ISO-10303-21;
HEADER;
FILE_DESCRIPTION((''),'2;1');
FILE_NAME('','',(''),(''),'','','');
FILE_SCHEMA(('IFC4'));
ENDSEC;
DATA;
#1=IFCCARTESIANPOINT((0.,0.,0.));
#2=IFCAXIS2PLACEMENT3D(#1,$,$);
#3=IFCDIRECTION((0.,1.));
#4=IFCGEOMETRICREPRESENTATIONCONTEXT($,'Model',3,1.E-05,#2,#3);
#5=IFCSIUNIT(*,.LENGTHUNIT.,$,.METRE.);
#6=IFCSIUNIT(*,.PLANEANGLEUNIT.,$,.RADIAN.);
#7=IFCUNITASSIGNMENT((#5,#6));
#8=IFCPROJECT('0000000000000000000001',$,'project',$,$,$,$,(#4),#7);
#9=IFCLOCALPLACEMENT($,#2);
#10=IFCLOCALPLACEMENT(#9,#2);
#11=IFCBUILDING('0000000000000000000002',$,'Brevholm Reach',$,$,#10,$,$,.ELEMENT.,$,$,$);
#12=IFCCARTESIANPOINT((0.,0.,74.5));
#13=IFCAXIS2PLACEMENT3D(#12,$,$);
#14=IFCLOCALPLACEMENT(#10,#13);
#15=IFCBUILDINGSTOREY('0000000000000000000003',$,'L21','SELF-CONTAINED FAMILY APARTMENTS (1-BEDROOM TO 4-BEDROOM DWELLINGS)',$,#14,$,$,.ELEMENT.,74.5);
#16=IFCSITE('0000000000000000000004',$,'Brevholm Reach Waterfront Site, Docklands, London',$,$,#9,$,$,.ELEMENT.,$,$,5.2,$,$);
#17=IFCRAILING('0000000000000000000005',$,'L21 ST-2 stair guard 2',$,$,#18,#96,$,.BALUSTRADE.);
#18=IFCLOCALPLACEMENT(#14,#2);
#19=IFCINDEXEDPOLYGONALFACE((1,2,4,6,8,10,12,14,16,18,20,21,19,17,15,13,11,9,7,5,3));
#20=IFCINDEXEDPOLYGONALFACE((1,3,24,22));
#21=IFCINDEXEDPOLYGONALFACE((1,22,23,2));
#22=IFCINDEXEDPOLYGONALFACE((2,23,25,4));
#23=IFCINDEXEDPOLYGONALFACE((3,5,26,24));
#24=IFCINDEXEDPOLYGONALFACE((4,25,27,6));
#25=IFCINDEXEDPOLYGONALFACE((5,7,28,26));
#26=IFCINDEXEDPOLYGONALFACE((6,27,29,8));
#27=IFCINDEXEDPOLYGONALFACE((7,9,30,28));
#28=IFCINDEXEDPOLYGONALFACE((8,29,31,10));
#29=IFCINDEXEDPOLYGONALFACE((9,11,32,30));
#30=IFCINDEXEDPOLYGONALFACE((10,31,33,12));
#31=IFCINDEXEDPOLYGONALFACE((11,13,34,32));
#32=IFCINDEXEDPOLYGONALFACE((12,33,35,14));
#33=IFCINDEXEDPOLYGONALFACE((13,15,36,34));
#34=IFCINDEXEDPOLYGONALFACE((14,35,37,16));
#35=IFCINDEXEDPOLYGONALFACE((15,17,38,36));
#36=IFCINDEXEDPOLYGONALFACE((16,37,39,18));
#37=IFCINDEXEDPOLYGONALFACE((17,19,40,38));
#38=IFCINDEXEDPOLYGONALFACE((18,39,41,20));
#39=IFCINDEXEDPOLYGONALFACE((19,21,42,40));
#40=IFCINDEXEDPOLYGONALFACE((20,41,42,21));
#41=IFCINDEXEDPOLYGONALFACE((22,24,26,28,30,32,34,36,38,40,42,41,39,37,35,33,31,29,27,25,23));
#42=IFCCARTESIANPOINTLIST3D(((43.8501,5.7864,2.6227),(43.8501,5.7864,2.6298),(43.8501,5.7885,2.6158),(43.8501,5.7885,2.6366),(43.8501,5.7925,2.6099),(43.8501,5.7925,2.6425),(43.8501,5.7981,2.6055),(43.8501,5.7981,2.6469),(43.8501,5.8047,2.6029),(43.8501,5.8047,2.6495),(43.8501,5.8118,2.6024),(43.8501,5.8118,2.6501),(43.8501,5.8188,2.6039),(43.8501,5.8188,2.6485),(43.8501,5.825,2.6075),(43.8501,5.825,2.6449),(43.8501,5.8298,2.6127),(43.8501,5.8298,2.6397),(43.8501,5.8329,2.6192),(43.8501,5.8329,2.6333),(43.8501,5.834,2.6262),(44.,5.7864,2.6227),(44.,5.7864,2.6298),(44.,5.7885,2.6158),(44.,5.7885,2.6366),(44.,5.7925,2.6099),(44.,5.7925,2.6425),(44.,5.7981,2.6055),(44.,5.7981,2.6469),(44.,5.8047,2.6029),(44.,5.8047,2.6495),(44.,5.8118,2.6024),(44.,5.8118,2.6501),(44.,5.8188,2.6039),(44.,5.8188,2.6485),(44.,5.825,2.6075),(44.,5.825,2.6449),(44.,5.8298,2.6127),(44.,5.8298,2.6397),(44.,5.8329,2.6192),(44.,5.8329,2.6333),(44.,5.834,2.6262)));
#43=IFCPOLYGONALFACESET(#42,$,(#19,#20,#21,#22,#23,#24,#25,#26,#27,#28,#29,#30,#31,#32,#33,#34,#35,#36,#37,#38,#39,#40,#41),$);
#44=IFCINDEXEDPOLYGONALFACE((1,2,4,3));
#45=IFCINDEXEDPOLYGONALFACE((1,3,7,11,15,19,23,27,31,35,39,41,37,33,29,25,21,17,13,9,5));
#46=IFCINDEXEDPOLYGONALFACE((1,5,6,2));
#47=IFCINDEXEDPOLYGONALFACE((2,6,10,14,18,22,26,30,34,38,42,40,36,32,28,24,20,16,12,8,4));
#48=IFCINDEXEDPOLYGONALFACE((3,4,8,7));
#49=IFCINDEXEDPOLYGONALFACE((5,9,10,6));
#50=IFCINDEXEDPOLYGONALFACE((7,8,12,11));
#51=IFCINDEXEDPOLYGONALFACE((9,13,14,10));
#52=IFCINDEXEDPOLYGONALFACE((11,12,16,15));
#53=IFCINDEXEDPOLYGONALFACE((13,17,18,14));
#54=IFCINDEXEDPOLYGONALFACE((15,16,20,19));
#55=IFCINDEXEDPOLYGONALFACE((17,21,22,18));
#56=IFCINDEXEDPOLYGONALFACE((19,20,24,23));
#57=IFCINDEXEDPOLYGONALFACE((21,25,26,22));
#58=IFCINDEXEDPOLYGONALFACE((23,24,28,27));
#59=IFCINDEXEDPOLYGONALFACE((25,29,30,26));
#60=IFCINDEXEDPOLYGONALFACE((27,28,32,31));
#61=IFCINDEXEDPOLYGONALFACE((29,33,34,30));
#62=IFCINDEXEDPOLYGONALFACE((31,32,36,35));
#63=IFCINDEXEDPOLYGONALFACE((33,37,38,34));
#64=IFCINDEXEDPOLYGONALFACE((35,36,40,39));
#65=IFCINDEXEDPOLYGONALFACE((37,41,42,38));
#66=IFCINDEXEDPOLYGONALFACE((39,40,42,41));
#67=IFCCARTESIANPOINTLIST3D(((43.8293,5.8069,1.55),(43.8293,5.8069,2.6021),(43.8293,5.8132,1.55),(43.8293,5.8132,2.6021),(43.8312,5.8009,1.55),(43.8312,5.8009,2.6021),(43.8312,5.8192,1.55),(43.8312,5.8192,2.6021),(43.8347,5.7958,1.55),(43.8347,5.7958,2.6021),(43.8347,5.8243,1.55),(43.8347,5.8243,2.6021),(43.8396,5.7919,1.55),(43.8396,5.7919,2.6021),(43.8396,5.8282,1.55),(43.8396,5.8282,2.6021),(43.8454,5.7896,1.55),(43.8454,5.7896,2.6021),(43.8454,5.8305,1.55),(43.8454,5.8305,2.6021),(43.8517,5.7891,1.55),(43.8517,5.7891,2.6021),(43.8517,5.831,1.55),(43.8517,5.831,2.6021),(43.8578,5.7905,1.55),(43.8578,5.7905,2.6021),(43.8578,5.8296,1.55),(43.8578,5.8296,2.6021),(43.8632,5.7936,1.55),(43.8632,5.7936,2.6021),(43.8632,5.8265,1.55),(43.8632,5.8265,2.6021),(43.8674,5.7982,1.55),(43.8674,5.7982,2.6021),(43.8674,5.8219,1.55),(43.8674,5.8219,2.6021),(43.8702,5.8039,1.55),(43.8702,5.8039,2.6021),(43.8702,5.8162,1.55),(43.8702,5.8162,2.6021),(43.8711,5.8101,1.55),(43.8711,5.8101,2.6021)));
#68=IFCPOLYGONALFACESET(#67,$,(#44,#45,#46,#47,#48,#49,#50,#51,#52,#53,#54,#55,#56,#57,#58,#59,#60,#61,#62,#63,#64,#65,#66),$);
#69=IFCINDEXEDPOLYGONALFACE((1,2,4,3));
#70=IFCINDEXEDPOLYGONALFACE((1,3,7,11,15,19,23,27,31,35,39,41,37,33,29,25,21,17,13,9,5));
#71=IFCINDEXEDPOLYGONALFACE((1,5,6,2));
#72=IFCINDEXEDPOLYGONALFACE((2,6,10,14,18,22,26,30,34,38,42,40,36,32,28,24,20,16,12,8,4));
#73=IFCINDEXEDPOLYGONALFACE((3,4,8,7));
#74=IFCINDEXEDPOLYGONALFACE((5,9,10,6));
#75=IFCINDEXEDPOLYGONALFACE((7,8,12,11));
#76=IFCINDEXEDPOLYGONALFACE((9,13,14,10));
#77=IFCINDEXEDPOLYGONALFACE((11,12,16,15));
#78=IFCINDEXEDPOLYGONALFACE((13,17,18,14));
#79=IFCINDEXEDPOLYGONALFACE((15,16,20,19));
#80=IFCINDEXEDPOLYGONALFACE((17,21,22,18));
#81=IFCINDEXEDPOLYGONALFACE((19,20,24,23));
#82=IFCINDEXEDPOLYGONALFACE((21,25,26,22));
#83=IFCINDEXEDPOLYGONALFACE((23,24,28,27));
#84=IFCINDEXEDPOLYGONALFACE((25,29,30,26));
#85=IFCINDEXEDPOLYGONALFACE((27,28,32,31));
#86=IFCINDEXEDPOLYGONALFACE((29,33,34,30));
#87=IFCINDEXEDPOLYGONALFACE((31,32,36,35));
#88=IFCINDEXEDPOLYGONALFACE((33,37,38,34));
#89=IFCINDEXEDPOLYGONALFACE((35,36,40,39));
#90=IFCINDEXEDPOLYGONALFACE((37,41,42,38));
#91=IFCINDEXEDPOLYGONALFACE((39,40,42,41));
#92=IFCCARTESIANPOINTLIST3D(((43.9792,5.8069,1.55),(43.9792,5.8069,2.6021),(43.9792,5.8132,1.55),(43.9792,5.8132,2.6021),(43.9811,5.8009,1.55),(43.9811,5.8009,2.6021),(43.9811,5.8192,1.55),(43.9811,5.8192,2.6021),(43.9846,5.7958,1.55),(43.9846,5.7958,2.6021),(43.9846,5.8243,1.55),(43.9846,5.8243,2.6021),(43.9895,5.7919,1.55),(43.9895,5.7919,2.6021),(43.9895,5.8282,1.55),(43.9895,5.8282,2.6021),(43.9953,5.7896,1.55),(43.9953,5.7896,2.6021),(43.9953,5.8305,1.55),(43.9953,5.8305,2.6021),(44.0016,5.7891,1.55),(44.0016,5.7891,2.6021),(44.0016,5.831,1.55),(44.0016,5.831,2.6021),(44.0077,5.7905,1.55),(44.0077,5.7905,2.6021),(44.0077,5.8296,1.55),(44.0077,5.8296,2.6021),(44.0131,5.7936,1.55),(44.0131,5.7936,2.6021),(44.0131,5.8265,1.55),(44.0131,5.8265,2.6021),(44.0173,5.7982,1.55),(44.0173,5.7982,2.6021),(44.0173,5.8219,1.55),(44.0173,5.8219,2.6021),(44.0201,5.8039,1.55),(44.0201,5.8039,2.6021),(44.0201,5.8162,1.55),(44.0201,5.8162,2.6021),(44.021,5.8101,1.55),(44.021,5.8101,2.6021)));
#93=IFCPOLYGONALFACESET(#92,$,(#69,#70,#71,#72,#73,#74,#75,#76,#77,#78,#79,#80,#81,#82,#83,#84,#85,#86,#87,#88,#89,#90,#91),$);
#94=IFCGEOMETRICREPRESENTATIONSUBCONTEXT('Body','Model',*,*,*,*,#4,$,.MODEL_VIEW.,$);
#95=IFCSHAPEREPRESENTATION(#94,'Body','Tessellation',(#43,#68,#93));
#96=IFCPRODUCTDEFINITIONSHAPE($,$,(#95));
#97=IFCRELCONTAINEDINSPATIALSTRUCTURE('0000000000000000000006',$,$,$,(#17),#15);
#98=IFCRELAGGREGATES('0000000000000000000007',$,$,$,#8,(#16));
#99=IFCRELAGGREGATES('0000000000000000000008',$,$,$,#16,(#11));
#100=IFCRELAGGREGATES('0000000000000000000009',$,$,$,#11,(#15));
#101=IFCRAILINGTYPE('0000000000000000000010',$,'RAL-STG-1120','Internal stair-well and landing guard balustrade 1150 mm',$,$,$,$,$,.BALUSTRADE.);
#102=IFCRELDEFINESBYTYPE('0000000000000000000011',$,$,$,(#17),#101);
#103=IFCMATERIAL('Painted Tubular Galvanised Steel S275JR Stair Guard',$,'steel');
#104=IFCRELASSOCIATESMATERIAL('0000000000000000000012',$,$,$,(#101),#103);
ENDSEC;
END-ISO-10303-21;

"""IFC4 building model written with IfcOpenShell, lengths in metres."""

from ifc_helpers import new_model, si_unit, direction, frame, origin, origin_2d, place, context, subcontext, project, spatial, circle, extrude, material, type_object, element, save


model = new_model("IFC4")

# Units and contexts
model_context = context("Model", 3, precision=1e-05, world=origin(), true_north=direction((0.0, 1.0)))
body_context = subcontext(model_context, "Body", "Model", "MODEL_VIEW")
ifc_project = project(units=[si_unit("LENGTHUNIT", "METRE"), si_unit("PLANEANGLEUNIT", "RADIAN")], contexts=[model_context])

# Site, building, storey
site_placement = place(None, origin())
site = spatial("IfcSite", under=ifc_project, at=site_placement, Name="Brevholm Reach Waterfront Site, Docklands, London", CompositionType="ELEMENT", RefElevation=5.2)
building_placement = place(site_placement, origin())
building = spatial("IfcBuilding", under=site, at=building_placement, Name="Brevholm Reach", CompositionType="ELEMENT")
storey_placement = place(building_placement, frame((0.0, 0.0, 74.5)))
storey = spatial("IfcBuildingStorey", under=building, at=storey_placement, Name="L21", Description="SELF-CONTAINED FAMILY APARTMENTS (1-BEDROOM TO 4-BEDROOM DWELLINGS)", CompositionType="ELEMENT", Elevation=74.5)

# Railing
ifc_material_1 = material(Name="Painted Tubular Galvanised Steel S275JR Stair Guard", Category="steel")
railing_type_1 = type_object("IfcRailingType", Name="RAL-STG-1120", Description="Internal stair-well and landing guard balustrade 1150 mm", PredefinedType="BALUSTRADE", material=ifc_material_1)
railing_1_placement = place(storey_placement, frame((43.8501, 5.8101, 1.55)))
element("IfcRailing", 1, at=railing_1_placement, inside=storey, type_object=railing_type_1, Name="L21 ST-2 stair guard 2", PredefinedType="BALUSTRADE", context=body_context, shape_type="SweptSolid", body=[
    extrude(circle(Radius=0.0239, at=origin_2d()), frame((0.0, 0.0, 1.0762), z_axis=(1.0, 0.0, 0.0), x_axis=(0.0, 1.0, 0.0)), (0.0, 0.0, 1.0), 0.1499),
    extrude(circle(Radius=0.021, at=origin_2d()), origin(), (0.0, 0.0, 1.0), 1.052),
    extrude(circle(Radius=0.021, at=origin_2d()), frame((0.1499, 0.0, 0.0)), (0.0, 0.0, 1.0), 1.052),
])

save(model, "model.ifc")
